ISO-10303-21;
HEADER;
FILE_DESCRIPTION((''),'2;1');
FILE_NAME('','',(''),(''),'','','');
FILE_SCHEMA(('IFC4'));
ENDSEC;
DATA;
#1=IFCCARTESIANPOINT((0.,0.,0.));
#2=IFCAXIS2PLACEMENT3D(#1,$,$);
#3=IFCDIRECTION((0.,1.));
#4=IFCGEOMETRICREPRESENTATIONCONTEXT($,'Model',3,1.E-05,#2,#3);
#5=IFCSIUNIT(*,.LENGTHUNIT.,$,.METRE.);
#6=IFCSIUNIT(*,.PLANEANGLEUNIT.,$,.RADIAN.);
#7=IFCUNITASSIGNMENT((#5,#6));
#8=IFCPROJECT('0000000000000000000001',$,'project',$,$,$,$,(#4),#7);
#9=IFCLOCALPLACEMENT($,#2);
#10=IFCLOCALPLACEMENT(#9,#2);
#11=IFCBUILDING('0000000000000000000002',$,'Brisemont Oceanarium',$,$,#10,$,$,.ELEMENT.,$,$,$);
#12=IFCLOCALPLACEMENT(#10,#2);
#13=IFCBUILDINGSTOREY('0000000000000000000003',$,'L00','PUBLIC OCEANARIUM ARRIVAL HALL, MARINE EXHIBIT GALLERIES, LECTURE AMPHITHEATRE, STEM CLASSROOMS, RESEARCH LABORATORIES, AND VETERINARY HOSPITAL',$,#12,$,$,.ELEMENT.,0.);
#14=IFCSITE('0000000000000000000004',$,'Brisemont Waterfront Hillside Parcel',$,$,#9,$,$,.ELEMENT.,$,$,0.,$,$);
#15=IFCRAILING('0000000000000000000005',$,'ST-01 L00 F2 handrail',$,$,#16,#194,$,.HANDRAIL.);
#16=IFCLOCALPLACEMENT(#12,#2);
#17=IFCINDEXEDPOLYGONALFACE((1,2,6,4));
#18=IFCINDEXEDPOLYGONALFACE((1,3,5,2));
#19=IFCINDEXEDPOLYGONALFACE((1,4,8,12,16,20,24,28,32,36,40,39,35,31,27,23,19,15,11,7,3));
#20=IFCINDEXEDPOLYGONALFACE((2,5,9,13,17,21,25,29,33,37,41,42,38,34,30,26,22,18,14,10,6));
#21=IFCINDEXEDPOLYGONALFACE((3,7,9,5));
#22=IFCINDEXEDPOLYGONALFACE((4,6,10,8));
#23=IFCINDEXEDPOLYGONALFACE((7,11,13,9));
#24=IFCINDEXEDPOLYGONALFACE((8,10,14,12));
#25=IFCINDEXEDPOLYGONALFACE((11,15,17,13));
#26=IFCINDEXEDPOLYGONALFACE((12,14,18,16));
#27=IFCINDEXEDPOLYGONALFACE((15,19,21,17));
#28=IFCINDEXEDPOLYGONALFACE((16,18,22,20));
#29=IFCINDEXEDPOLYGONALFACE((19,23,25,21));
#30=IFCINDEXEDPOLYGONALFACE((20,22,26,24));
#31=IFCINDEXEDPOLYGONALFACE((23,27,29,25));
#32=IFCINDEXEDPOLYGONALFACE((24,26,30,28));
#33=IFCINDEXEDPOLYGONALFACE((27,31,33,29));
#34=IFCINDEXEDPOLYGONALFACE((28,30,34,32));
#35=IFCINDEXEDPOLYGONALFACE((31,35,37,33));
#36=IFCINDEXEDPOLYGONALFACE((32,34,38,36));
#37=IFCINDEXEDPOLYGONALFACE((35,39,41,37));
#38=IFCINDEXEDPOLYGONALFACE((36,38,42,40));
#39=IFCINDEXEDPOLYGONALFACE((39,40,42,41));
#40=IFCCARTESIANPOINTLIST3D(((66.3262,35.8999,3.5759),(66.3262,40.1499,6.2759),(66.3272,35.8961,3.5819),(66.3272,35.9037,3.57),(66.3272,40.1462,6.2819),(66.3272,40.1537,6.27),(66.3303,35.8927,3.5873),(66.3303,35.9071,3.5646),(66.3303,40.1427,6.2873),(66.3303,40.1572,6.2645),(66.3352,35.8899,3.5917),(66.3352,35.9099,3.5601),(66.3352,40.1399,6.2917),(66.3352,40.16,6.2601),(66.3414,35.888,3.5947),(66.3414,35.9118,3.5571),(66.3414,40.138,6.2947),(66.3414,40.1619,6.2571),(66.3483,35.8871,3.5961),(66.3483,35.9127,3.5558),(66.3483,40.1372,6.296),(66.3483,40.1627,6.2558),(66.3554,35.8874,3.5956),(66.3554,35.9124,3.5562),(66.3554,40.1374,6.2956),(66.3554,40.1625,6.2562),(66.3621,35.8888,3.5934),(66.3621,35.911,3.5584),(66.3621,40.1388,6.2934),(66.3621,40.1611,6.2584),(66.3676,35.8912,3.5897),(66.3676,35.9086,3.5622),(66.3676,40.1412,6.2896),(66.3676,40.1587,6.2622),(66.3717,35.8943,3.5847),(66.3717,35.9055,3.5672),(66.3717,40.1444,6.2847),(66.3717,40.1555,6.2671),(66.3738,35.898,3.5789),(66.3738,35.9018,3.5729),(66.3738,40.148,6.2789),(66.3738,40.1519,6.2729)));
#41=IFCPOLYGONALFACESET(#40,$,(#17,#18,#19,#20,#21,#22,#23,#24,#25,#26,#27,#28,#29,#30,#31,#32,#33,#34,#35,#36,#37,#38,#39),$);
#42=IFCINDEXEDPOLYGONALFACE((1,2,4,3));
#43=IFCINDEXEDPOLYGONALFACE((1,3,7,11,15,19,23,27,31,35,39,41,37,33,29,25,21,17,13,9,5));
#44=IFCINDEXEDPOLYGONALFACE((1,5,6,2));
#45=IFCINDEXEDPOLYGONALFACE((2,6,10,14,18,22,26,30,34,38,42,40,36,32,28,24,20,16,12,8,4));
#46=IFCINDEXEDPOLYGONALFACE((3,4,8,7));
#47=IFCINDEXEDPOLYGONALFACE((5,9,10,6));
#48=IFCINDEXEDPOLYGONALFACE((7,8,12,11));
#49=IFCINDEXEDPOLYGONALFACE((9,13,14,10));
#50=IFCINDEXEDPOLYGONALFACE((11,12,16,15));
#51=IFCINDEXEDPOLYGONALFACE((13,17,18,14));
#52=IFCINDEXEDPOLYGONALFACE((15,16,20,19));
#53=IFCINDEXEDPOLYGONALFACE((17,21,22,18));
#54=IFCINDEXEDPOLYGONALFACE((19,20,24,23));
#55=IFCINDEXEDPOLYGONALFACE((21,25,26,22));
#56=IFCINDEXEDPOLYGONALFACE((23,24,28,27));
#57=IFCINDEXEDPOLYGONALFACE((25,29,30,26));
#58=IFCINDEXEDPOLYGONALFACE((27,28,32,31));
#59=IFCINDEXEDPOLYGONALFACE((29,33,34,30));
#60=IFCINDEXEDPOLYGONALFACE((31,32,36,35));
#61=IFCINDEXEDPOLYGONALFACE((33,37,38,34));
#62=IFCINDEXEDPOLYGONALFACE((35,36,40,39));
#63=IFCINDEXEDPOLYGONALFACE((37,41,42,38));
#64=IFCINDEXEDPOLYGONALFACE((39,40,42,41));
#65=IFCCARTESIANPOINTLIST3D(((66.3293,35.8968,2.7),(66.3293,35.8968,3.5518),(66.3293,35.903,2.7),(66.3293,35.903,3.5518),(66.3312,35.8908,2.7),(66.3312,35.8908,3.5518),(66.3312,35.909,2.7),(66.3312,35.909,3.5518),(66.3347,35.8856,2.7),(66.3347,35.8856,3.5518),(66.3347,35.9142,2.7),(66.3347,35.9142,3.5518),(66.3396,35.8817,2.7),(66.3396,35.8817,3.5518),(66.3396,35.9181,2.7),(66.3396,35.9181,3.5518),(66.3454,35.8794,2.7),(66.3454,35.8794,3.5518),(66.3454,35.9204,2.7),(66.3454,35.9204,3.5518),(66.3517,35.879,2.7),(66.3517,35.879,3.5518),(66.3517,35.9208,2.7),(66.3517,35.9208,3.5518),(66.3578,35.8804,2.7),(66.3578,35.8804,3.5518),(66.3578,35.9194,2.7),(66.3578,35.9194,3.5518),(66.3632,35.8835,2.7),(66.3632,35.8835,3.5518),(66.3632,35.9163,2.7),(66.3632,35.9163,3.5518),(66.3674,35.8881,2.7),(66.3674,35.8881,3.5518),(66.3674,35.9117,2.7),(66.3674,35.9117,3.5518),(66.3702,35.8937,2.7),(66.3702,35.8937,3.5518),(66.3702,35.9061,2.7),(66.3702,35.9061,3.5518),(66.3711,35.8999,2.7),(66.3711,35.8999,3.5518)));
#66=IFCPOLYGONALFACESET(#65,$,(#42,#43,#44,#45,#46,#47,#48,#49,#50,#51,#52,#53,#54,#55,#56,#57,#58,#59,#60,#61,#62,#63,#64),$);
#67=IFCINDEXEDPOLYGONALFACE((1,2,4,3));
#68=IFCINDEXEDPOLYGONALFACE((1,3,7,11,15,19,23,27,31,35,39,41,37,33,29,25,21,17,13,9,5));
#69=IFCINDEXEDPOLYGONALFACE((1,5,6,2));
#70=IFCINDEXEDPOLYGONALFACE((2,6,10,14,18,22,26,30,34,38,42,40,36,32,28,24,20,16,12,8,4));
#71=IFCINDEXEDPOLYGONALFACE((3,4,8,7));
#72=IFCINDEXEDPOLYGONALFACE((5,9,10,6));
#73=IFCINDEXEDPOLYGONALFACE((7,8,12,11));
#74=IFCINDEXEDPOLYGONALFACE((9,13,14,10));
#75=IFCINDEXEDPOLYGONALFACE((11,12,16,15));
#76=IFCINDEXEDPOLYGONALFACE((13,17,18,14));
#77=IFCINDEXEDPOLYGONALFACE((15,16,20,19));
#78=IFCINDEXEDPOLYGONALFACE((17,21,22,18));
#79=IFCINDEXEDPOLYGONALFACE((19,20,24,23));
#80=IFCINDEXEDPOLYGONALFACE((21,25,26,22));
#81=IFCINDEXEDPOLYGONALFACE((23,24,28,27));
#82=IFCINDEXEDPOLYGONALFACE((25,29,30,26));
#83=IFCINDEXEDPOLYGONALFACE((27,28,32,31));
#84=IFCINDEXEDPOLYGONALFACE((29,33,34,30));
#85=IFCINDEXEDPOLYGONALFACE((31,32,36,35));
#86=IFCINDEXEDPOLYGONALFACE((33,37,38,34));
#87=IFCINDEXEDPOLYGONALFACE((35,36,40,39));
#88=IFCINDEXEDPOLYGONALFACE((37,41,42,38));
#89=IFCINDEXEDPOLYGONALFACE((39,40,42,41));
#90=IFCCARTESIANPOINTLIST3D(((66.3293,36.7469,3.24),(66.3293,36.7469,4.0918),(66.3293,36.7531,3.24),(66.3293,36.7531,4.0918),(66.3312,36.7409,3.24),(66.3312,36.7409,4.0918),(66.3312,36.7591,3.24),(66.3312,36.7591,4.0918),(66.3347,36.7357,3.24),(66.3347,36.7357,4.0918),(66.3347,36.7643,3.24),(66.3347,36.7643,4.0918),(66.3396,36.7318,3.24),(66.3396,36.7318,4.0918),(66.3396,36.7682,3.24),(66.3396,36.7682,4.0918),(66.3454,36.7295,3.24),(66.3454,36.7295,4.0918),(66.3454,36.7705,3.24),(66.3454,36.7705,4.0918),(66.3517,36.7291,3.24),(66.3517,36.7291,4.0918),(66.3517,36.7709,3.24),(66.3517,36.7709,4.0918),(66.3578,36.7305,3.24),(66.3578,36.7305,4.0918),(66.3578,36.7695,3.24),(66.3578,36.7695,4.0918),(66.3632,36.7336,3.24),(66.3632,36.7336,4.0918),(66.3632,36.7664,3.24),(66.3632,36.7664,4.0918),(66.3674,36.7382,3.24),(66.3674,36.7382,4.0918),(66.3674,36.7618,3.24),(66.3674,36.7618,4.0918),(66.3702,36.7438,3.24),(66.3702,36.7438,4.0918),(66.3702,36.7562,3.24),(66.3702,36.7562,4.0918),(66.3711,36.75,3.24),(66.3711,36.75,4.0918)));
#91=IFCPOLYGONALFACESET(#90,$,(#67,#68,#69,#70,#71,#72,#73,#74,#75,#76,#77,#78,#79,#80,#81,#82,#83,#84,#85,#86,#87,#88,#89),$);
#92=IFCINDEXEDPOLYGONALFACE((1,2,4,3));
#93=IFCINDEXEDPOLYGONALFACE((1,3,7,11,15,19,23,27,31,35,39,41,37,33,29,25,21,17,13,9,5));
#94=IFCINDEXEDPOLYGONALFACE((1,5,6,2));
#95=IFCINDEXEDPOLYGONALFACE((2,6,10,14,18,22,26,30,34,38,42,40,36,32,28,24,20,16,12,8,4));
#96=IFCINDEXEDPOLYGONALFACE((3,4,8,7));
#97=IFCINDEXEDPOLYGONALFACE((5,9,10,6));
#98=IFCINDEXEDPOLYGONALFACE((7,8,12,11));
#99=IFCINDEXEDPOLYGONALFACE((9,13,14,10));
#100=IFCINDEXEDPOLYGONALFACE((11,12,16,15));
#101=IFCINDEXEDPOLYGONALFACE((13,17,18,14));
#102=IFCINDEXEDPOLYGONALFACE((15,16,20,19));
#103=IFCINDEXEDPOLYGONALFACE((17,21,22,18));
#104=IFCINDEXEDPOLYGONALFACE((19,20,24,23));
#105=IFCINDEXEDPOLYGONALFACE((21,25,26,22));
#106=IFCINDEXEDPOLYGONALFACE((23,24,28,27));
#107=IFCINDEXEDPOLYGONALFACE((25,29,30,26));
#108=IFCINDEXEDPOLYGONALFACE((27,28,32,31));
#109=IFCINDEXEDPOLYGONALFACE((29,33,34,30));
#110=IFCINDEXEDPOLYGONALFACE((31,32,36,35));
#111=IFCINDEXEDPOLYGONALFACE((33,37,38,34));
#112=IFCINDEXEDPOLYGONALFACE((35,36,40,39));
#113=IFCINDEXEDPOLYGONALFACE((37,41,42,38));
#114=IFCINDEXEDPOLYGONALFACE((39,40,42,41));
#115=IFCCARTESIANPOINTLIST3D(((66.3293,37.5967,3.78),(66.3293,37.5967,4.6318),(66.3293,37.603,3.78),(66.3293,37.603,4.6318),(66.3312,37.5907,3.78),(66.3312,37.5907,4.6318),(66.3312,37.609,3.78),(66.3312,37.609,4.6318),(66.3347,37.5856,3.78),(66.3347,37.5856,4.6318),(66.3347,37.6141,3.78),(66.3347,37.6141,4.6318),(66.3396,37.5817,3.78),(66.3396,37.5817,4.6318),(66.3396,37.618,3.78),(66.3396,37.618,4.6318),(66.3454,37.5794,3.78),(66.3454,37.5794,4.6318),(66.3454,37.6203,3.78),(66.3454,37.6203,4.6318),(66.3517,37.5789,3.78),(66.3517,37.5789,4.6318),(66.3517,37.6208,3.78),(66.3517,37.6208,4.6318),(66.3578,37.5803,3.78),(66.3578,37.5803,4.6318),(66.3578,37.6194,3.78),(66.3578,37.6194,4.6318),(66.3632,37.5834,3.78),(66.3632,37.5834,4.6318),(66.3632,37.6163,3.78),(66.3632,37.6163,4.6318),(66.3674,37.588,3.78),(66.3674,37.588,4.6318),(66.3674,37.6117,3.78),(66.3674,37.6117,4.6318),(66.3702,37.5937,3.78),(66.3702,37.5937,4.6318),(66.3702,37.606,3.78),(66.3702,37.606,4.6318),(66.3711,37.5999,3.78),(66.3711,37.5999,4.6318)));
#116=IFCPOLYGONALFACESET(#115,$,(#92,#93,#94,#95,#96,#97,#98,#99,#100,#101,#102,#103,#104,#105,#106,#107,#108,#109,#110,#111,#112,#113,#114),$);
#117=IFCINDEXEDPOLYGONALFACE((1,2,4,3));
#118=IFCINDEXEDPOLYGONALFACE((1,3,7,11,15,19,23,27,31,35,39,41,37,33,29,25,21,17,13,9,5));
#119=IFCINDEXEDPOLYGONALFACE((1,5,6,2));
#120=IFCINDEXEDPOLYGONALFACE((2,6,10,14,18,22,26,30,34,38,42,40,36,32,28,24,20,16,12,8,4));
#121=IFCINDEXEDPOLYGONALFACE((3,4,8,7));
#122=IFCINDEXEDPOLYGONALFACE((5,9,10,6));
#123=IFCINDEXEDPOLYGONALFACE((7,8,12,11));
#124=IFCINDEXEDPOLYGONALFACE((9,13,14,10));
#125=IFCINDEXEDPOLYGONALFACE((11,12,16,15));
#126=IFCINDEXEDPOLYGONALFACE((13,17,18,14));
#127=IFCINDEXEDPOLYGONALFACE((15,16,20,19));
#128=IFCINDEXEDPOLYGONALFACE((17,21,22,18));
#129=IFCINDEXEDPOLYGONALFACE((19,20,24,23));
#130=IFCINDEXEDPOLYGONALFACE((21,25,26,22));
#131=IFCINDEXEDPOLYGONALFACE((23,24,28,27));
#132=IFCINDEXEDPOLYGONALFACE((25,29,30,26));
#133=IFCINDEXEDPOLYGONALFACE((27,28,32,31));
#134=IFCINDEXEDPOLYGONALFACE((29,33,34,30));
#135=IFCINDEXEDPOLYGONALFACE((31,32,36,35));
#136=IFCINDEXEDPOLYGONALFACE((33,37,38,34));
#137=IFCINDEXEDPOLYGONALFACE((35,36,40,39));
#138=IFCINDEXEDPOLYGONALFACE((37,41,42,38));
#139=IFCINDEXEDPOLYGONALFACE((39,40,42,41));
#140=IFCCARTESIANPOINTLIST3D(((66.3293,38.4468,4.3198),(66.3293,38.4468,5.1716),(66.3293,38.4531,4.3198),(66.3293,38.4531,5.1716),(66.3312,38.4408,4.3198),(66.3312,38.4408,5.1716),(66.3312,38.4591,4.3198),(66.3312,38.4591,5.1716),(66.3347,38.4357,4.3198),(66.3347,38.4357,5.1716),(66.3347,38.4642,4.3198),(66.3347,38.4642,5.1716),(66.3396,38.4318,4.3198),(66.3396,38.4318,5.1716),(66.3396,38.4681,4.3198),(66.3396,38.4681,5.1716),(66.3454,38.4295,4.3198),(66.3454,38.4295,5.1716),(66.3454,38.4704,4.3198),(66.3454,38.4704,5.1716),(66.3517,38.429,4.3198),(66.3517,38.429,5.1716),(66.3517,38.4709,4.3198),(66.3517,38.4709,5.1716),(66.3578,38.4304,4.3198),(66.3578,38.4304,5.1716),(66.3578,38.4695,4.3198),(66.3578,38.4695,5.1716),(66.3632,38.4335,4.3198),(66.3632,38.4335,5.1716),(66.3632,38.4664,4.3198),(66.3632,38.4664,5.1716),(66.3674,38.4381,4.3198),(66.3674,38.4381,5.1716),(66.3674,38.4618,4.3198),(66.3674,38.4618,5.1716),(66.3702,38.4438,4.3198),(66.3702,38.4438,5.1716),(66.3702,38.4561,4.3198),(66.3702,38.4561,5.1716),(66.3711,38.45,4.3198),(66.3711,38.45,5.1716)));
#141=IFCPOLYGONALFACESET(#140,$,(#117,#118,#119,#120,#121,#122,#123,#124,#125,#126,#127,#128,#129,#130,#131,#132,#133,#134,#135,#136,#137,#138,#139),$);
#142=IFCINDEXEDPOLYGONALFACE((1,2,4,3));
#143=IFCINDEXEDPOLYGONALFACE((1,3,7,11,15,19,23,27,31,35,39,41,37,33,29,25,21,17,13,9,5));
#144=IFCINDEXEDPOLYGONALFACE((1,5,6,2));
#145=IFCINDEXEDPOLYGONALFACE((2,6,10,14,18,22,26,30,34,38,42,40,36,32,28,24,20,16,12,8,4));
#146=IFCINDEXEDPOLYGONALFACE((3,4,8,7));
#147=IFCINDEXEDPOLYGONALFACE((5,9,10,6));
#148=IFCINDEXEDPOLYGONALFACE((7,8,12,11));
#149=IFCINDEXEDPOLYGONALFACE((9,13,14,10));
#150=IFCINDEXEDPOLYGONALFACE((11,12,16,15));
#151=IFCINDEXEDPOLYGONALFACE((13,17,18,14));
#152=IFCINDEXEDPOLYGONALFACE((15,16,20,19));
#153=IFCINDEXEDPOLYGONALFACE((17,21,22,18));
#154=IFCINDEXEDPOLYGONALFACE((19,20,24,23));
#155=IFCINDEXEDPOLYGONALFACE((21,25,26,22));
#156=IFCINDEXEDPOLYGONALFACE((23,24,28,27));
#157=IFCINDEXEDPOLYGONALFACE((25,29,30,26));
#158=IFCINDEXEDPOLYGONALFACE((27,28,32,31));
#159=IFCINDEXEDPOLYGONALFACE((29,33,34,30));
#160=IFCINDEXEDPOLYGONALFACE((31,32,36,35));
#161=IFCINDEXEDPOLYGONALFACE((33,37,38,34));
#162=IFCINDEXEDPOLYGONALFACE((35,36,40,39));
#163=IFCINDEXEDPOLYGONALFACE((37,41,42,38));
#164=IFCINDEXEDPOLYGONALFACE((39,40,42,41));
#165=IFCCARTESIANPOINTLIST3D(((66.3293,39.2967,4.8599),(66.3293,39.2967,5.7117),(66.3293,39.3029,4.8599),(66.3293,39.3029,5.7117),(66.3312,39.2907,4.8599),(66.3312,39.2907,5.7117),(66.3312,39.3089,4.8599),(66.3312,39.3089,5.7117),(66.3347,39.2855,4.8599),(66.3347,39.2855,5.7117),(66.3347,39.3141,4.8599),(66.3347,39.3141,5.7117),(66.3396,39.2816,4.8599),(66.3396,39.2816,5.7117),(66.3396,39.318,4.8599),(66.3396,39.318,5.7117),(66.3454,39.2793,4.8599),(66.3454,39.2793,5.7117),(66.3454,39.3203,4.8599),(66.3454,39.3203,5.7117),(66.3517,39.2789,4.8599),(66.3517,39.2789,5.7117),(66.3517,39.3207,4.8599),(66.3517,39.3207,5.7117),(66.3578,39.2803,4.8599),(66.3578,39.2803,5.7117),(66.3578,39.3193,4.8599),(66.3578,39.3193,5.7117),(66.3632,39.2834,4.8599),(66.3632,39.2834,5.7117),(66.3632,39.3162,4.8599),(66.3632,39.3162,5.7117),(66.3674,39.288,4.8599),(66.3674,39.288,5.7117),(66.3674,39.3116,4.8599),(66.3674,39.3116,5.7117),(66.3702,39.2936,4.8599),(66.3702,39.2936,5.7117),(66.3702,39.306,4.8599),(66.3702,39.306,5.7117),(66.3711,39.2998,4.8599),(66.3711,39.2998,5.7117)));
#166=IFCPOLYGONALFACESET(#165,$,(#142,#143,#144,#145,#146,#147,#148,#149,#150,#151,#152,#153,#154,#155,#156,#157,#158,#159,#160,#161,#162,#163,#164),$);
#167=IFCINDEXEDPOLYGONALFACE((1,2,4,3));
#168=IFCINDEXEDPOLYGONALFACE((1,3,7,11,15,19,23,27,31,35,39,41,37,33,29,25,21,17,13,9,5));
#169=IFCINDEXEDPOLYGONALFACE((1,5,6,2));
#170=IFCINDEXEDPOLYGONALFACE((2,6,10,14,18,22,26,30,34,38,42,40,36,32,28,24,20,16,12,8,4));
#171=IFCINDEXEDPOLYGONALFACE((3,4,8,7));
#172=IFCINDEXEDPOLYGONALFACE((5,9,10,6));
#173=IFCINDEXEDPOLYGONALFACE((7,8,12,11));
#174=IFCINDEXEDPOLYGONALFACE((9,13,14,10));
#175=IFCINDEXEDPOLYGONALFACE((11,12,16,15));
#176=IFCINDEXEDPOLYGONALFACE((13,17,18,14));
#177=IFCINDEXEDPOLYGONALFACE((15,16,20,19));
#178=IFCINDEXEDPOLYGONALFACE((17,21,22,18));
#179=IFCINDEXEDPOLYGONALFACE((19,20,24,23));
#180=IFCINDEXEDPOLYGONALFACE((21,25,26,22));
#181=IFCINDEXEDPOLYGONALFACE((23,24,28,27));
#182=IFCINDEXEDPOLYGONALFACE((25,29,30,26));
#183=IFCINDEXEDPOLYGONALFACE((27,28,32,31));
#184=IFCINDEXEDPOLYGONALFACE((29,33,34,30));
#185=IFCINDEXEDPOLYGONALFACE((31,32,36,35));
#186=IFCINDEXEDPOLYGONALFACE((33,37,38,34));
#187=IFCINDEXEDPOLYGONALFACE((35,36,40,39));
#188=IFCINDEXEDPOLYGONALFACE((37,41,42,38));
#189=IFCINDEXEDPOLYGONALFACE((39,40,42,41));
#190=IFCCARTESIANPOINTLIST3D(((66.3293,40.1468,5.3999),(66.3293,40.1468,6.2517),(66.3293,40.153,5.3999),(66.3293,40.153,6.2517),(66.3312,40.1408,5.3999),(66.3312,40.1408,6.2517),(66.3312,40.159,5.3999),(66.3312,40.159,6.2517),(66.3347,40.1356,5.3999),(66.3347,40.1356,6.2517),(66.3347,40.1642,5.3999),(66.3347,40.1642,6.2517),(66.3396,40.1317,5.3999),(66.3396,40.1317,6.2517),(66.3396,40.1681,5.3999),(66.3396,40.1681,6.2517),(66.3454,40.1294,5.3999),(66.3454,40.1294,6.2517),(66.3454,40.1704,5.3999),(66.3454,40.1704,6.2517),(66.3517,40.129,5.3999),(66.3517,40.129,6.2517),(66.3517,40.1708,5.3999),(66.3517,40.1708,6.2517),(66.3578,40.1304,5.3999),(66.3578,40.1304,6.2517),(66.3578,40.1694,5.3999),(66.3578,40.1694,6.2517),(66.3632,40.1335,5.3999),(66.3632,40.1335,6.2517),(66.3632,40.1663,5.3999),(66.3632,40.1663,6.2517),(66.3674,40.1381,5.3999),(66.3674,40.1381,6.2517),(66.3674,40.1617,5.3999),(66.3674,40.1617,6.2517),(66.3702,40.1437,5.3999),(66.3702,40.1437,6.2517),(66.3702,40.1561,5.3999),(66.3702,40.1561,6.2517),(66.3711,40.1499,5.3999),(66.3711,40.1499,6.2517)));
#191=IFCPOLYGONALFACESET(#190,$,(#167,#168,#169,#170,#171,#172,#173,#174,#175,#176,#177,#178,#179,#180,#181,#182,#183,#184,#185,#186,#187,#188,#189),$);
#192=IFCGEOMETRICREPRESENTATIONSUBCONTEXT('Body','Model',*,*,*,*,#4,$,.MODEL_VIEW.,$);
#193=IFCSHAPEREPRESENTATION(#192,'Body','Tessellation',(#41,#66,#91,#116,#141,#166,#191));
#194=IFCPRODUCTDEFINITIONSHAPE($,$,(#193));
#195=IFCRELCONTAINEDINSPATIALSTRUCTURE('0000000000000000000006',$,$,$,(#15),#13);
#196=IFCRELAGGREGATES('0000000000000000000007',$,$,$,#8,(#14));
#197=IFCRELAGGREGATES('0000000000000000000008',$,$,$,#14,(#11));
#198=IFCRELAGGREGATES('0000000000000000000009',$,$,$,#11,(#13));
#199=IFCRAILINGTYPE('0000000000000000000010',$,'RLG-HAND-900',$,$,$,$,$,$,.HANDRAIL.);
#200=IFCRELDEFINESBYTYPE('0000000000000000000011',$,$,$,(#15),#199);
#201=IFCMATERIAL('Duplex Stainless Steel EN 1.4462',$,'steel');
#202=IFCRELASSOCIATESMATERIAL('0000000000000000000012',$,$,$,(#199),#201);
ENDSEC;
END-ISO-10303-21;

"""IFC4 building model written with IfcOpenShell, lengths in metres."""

from ifc_helpers import new_model, si_unit, direction, frame, origin, origin_2d, place, context, subcontext, project, spatial, circle, extrude, material, type_object, element, save


model = new_model("IFC4")

# Units and contexts
model_context = context("Model", 3, precision=1e-05, world=origin(), true_north=direction((0.0, 1.0)))
body_context = subcontext(model_context, "Body", "Model", "MODEL_VIEW")
ifc_project = project(units=[si_unit("LENGTHUNIT", "METRE"), si_unit("PLANEANGLEUNIT", "RADIAN")], contexts=[model_context])

# Site, building, storey
site_placement = place(None, origin())
site = spatial("IfcSite", under=ifc_project, at=site_placement, Name="Brisemont Waterfront Hillside Parcel", CompositionType="ELEMENT", RefElevation=0.0)
building_placement = place(site_placement, origin())
building = spatial("IfcBuilding", under=site, at=building_placement, Name="Brisemont Oceanarium", CompositionType="ELEMENT")
storey_placement = place(building_placement, origin())
storey = spatial("IfcBuildingStorey", under=building, at=storey_placement, Name="L00", Description="PUBLIC OCEANARIUM ARRIVAL HALL, MARINE EXHIBIT GALLERIES, LECTURE AMPHITHEATRE, STEM CLASSROOMS, RESEARCH LABORATORIES, AND VETERINARY HOSPITAL", CompositionType="ELEMENT", Elevation=0.0)

# Railing
ifc_material_1 = material(Name="Duplex Stainless Steel EN 1.4462", Category="steel")
railing_type_1 = type_object("IfcRailingType", Name="RLG-HAND-900", PredefinedType="HANDRAIL", material=ifc_material_1)
railing_1_placement = place(storey_placement, frame((66.3501, 35.8999, 2.7)))
element("IfcRailing", 1, at=railing_1_placement, inside=storey, type_object=railing_type_1, Name="ST-01 L00 F2 handrail", PredefinedType="HANDRAIL", context=body_context, shape_type="SweptSolid", body=[
    extrude(circle(Radius=0.0239, at=origin_2d()), frame((0.0, 0.0, 0.876), z_axis=(0.0, 0.844075, 0.536226), x_axis=(-1.0, 0.0, 0.0)), (0.0, 0.0, 1.0), 5.0352),
    extrude(circle(Radius=0.021, at=origin_2d()), origin(), (0.0, 0.0, 1.0), 0.8518),
    extrude(circle(Radius=0.021, at=origin_2d()), frame((0.0, 0.8501, 0.54)), (0.0, 0.0, 1.0), 0.8518),
    extrude(circle(Radius=0.021, at=origin_2d()), frame((0.0, 1.7, 1.0801)), (0.0, 0.0, 1.0), 0.8518),
    extrude(circle(Radius=0.021, at=origin_2d()), frame((0.0, 2.55, 1.6199)), (0.0, 0.0, 1.0), 0.8518),
    extrude(circle(Radius=0.021, at=origin_2d()), frame((0.0, 3.3999, 2.1599)), (0.0, 0.0, 1.0), 0.8518),
    extrude(circle(Radius=0.021, at=origin_2d()), frame((0.0, 4.25, 2.7)), (0.0, 0.0, 1.0), 0.8518),
])

save(model, "model.ifc")
